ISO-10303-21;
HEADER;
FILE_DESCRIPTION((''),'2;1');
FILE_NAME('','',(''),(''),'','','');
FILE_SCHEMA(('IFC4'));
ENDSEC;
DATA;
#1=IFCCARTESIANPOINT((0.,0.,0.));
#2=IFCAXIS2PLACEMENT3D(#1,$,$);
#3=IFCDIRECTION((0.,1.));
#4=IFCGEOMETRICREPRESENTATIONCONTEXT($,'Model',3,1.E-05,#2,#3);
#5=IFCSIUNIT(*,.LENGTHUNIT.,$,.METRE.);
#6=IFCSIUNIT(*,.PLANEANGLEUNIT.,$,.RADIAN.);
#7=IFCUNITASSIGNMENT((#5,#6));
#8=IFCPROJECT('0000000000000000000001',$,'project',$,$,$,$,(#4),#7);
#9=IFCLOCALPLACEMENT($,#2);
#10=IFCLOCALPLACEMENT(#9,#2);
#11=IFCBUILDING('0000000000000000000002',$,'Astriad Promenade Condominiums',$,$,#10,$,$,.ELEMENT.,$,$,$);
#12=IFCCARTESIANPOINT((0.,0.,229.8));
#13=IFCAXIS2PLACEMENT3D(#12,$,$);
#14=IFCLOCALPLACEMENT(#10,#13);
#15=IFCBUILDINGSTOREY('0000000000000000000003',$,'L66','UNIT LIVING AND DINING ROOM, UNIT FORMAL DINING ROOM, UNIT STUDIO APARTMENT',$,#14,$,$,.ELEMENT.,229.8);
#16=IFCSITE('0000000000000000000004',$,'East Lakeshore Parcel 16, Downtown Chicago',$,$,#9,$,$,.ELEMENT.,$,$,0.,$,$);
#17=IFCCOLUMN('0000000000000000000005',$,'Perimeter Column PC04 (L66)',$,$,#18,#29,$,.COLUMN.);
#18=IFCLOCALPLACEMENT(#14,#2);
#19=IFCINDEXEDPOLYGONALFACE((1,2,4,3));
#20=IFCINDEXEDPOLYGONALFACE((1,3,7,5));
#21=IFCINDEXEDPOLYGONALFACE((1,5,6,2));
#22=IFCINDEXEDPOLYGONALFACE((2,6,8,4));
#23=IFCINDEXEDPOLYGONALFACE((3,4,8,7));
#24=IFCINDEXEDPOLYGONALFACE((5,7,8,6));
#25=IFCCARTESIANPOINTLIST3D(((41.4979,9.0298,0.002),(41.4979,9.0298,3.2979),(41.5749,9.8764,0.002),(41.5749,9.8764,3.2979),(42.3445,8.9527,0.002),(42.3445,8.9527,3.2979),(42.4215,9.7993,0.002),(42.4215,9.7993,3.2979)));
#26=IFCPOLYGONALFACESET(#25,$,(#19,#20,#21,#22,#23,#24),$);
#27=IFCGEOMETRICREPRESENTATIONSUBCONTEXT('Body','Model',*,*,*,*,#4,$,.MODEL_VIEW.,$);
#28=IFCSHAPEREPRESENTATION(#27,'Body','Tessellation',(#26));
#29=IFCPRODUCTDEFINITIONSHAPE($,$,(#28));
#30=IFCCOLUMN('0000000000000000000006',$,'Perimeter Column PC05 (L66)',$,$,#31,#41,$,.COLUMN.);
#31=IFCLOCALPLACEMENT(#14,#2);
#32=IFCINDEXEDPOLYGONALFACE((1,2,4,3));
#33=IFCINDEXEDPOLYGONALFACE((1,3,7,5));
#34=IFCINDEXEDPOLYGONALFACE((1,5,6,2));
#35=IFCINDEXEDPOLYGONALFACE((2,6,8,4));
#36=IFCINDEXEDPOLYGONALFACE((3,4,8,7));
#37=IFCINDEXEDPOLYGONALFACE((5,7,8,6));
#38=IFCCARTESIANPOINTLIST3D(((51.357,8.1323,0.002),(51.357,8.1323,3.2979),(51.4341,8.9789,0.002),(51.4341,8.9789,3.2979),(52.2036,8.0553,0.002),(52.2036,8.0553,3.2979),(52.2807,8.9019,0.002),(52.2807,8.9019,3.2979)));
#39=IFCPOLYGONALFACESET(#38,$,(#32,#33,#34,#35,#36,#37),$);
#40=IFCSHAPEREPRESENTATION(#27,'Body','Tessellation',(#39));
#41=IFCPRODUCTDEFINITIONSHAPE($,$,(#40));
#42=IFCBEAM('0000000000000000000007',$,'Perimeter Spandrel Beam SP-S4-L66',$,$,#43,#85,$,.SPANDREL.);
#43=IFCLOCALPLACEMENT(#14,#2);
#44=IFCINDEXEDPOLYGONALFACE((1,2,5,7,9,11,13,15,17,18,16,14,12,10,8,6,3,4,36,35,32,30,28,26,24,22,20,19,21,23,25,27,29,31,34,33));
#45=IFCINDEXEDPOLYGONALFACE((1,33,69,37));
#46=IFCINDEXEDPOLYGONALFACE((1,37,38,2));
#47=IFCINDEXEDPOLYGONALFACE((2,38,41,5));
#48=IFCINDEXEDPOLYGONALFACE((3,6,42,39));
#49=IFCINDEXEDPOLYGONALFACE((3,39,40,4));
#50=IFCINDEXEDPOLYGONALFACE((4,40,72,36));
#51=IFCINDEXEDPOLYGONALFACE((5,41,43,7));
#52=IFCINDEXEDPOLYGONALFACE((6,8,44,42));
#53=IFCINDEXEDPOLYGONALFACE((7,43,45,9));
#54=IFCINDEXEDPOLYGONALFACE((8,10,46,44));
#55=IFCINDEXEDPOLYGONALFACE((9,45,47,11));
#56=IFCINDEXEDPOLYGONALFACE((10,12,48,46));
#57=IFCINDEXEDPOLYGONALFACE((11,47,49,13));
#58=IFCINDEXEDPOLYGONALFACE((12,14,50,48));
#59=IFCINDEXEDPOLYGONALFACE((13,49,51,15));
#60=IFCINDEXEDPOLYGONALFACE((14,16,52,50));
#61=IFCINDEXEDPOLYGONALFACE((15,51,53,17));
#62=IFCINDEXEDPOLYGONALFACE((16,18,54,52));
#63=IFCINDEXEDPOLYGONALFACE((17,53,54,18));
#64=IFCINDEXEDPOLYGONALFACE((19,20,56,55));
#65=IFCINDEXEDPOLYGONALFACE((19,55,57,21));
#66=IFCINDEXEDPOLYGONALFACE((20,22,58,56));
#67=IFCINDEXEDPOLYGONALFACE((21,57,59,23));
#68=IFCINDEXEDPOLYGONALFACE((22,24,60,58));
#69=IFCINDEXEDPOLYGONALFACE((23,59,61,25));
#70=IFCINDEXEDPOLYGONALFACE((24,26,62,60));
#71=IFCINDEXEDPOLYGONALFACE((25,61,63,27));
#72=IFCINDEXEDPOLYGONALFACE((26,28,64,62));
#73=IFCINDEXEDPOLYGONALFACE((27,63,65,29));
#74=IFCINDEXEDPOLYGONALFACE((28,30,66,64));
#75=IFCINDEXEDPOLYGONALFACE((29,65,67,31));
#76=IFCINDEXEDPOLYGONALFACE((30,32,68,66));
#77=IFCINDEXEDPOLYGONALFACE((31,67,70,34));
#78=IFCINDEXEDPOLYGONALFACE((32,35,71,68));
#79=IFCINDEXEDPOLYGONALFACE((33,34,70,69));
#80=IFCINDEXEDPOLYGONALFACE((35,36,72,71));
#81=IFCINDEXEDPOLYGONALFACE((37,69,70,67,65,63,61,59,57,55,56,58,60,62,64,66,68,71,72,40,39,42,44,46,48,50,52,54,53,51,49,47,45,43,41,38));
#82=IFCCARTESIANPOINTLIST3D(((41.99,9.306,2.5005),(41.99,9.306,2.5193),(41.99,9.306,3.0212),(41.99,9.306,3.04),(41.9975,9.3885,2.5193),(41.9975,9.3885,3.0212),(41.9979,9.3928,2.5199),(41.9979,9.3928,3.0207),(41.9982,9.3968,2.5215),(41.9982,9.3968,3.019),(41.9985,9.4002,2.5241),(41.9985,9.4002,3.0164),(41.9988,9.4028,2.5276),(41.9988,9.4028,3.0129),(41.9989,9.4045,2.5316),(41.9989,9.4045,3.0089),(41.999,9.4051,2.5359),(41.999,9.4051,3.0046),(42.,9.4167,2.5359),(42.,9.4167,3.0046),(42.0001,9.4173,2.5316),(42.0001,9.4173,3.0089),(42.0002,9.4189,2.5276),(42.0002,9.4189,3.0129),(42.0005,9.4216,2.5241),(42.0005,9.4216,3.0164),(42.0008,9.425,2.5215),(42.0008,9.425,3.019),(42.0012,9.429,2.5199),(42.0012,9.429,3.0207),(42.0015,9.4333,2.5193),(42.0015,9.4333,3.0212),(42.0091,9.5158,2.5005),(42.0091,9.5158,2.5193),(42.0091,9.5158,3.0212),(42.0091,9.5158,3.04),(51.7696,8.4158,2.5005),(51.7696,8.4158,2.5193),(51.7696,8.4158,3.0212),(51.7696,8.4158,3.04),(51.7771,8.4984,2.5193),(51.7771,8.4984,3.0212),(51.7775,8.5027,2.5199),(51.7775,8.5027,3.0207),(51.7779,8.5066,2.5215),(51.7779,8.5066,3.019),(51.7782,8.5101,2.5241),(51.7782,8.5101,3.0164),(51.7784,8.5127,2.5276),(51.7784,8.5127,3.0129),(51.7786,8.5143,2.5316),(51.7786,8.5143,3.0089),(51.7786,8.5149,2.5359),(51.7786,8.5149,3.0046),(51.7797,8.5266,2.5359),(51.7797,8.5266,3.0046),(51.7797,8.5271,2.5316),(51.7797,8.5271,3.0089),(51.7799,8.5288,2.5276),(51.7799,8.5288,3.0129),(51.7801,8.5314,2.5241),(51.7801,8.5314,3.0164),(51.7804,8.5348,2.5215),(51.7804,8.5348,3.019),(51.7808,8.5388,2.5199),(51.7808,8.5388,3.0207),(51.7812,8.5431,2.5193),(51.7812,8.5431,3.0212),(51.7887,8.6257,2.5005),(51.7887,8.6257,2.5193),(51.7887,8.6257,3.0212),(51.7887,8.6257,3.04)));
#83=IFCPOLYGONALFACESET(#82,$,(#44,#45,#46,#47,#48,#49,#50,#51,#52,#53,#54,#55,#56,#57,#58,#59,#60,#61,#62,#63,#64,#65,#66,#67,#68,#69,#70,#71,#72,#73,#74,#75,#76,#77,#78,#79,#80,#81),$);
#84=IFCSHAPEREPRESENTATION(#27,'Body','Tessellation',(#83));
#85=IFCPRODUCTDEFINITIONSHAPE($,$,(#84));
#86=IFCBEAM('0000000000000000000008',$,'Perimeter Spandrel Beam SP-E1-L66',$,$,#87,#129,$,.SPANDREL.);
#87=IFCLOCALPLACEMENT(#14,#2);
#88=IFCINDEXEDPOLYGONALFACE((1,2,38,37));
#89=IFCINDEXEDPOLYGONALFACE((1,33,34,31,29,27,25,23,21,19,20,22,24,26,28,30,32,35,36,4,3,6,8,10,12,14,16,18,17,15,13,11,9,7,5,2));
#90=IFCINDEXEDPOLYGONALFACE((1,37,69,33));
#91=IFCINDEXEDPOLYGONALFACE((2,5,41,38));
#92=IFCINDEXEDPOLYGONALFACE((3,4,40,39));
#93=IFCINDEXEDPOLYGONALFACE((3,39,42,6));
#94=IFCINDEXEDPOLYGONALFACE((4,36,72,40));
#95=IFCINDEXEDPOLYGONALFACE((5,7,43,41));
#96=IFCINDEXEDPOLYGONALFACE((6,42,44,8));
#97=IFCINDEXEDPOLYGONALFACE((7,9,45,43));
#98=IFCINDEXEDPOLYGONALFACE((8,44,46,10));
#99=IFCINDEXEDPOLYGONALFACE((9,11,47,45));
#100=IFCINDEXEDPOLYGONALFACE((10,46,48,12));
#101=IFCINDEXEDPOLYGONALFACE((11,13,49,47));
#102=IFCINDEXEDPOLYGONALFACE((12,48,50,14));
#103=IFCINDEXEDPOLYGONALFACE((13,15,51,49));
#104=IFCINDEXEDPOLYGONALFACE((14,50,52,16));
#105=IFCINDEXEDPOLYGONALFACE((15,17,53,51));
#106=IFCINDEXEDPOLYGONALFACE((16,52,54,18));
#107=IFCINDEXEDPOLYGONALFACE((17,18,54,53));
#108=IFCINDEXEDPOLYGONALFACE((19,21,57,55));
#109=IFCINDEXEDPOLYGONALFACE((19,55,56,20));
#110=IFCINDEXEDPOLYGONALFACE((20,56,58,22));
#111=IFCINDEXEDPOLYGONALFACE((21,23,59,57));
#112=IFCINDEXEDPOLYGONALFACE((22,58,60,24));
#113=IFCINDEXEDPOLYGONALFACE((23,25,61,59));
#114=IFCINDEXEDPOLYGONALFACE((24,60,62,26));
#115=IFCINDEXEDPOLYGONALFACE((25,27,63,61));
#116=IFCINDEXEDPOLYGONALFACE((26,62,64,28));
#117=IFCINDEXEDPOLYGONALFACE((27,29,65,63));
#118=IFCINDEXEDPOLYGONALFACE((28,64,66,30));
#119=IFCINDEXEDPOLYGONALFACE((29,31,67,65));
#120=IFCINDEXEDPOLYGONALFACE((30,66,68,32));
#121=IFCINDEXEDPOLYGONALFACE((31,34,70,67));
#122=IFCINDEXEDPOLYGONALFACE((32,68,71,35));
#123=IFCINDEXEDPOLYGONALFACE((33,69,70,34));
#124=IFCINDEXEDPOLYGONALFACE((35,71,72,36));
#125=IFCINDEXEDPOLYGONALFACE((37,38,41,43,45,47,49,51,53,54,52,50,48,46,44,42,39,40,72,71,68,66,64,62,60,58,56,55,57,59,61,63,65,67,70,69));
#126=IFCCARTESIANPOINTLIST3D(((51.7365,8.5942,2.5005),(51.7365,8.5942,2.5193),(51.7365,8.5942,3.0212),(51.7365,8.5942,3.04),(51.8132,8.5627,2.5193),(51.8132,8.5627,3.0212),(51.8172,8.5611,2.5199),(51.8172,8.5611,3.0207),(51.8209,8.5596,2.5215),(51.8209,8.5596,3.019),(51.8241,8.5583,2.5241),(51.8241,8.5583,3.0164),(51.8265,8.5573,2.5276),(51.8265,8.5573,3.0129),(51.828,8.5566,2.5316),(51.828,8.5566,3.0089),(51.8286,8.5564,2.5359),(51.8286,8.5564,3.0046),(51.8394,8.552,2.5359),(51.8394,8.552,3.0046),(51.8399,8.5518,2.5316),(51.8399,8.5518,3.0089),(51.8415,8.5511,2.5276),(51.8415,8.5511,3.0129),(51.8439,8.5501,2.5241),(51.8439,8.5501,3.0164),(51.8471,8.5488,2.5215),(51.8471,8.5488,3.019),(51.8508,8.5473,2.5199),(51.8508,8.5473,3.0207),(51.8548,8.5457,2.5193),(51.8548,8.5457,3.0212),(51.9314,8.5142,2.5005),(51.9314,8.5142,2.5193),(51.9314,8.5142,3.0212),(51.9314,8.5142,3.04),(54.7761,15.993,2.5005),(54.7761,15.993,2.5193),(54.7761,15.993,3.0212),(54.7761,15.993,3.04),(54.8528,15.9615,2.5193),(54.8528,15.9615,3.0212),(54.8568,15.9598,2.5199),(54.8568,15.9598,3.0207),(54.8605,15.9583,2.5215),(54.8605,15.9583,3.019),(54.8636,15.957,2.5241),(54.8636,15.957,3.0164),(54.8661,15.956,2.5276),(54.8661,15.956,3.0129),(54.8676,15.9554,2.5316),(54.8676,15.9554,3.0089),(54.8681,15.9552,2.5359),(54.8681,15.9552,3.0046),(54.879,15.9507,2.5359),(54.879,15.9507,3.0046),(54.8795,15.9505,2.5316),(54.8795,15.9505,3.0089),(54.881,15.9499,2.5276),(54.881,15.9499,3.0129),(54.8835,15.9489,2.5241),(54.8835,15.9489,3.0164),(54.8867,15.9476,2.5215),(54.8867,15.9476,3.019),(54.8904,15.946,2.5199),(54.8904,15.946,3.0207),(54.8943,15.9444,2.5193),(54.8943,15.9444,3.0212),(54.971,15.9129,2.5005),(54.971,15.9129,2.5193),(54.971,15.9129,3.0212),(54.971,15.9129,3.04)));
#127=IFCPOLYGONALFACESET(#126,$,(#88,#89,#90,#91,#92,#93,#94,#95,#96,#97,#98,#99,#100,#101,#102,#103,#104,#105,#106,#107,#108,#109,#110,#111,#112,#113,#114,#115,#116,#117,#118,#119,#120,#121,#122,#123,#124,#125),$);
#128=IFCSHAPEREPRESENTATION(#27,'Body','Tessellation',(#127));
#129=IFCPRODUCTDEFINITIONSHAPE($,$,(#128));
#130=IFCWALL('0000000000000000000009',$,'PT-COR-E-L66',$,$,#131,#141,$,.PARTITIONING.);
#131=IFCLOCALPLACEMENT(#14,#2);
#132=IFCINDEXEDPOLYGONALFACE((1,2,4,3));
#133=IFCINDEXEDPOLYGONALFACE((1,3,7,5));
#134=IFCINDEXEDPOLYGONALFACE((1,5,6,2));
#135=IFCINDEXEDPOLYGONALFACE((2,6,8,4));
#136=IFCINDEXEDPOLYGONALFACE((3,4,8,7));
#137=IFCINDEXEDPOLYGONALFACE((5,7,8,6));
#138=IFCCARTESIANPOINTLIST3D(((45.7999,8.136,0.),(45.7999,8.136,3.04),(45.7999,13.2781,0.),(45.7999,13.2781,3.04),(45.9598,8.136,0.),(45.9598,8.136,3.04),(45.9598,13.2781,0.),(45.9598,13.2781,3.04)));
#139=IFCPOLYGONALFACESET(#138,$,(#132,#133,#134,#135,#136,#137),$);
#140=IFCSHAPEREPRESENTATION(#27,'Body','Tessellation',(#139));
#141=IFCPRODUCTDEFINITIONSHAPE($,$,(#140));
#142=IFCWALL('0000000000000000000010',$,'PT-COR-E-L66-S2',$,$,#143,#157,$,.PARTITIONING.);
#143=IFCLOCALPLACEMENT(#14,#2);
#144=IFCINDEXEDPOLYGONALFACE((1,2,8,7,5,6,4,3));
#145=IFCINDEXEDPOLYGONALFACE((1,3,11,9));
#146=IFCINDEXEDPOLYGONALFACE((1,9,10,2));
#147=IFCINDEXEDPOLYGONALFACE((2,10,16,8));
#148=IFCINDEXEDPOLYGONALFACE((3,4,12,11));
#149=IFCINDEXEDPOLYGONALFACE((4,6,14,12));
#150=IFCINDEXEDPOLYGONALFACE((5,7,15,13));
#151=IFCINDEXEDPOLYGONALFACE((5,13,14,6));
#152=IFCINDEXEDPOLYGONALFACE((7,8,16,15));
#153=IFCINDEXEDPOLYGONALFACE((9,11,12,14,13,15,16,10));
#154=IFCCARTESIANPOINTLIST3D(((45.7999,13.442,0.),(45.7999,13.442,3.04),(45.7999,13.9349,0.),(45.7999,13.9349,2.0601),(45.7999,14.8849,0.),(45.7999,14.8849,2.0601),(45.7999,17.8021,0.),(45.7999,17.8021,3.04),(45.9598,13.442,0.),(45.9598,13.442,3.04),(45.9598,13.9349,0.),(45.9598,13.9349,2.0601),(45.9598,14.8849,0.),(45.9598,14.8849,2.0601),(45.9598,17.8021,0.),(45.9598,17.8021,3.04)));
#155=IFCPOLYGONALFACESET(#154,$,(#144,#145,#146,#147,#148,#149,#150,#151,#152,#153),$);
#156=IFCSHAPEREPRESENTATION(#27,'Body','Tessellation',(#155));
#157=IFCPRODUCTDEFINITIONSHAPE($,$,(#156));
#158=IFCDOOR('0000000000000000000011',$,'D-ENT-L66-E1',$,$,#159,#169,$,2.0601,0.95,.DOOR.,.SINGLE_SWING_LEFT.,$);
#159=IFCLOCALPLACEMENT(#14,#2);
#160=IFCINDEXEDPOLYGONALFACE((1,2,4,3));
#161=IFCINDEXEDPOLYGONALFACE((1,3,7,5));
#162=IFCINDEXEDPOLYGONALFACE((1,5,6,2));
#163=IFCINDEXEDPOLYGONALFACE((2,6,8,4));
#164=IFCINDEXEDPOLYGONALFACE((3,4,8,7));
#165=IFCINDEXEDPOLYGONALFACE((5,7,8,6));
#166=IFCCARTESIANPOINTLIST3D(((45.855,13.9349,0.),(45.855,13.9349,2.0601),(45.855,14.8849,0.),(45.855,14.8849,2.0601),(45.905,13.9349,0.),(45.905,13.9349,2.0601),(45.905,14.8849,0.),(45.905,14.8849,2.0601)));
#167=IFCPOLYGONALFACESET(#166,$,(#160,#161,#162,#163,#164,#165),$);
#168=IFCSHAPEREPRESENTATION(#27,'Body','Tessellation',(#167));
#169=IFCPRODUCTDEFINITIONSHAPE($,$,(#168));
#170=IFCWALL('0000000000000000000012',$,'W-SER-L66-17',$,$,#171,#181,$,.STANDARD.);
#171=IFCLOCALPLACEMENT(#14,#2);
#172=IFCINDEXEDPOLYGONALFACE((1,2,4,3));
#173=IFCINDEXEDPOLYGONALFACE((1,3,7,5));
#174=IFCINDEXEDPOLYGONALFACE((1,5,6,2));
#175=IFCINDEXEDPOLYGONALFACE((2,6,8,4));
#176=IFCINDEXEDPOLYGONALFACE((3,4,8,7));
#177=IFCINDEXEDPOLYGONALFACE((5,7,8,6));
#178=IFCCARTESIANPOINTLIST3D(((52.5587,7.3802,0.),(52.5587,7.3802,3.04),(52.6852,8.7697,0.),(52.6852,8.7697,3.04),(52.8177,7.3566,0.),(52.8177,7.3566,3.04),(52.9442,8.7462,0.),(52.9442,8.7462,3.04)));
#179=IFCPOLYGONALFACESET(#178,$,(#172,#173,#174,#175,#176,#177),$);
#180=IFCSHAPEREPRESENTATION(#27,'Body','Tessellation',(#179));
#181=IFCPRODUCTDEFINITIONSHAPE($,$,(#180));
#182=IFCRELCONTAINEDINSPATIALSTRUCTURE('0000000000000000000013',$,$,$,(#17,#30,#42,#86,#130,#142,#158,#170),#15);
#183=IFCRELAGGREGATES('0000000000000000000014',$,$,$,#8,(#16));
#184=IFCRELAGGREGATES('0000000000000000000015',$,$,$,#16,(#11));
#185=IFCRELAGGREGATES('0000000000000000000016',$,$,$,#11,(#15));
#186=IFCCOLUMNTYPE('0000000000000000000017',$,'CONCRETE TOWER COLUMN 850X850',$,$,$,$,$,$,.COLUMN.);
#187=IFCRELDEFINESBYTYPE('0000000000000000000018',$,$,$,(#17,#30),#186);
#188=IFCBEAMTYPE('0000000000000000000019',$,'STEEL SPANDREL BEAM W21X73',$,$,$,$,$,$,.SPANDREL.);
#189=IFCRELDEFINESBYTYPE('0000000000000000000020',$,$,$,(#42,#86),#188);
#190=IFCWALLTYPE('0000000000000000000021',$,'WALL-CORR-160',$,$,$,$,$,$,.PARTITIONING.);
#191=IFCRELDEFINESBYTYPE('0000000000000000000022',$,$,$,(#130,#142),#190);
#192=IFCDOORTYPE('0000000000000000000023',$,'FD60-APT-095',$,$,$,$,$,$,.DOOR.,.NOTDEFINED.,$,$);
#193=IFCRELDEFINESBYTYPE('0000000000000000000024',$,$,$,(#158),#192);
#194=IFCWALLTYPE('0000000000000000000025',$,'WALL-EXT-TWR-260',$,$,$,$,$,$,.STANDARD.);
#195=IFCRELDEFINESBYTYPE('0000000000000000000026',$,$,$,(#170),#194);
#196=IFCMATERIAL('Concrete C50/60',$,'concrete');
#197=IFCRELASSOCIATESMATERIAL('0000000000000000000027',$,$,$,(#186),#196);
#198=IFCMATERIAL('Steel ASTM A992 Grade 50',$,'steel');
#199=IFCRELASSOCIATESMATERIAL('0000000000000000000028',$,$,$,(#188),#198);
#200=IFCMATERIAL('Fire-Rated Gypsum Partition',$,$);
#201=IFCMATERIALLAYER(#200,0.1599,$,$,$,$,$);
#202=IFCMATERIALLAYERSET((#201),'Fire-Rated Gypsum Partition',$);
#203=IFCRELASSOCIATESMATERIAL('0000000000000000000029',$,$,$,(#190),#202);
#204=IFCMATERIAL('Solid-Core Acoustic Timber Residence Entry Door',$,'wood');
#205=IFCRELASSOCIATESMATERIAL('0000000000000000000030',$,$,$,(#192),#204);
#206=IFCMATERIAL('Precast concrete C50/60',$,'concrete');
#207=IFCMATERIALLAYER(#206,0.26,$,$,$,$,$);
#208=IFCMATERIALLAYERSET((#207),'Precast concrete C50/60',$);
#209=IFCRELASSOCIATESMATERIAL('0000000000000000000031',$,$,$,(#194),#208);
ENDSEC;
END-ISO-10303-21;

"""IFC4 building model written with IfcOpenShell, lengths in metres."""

from ifc_helpers import new_model, si_unit, direction, frame, frame_2d, origin, origin_2d, place, context, subcontext, project, spatial, rectangle, i_section, extrude, source, transform, mapped, material, layer, layer_set, material_profile, profile_set, type_object, type_shapes, element, fill, save


model = new_model("IFC4")

# Units and contexts
model_context = context("Model", 3, precision=1e-05, world=origin(), true_north=direction((0.0, 1.0)))
body_context = subcontext(model_context, "Body", "Model", "MODEL_VIEW")
ifc_project = project(units=[si_unit("LENGTHUNIT", "METRE"), si_unit("PLANEANGLEUNIT", "RADIAN")], contexts=[model_context])

# Site, building, storey
site_placement = place(None, origin())
site = spatial("IfcSite", under=ifc_project, at=site_placement, Name="East Lakeshore Parcel 16, Downtown Chicago", CompositionType="ELEMENT", RefElevation=0.0)
building_placement = place(site_placement, origin())
building = spatial("IfcBuilding", under=site, at=building_placement, Name="Astriad Promenade Condominiums", CompositionType="ELEMENT")
storey_placement = place(building_placement, frame((0.0, 0.0, 229.8)))
storey = spatial("IfcBuildingStorey", under=building, at=storey_placement, Name="L66", Description="UNIT LIVING AND DINING ROOM, UNIT FORMAL DINING ROOM, UNIT STUDIO APARTMENT", CompositionType="ELEMENT", Elevation=229.8)

# Columns
ifc_material_1 = material(Name="Concrete C50/60", Category="concrete")
ifc_material_profile_1 = material_profile(ifc_material_1, rectangle(XDim=0.8501, YDim=0.8501, at=origin_2d()), Name="RC-COL-850X850")
ifc_profile_set_1 = profile_set([ifc_material_profile_1], Name="Concrete C50/60")
column_type = type_object("IfcColumnType", Name="CONCRETE TOWER COLUMN 850X850", PredefinedType="COLUMN", material=ifc_profile_set_1)
shared_shape_1 = source(origin(), body_context, "Body", "SweptSolid", [
    extrude(rectangle(XDim=0.8501, YDim=0.8501, at=origin_2d()), origin(), (0.0, 0.0, 1.0), 3.2959),
])
type_shapes(column_type, [shared_shape_1])
for number, where, z_axis, x_axis, name in (
    (1, (41.9597, 9.4146, 0.002), (0.0, 0.0, 1.0), (0.995884, -0.090633, 0.0), "Perimeter Column PC04 (L66)"),
    (2, (51.8188, 8.5171, 0.002), (0.0, 0.0, 1.0), (0.995884, -0.090633, 0.0), "Perimeter Column PC05 (L66)"),
):
    element("IfcColumn", number, at=place(storey_placement, frame(where, z_axis=z_axis, x_axis=x_axis)), inside=storey, type_object=column_type, Name=name, PredefinedType="COLUMN", context=body_context, shape_type="MappedRepresentation", body=[
        mapped(shared_shape_1, transform((0.0, 0.0, 0.0), scale=1.0)),
    ])

# Beams
ifc_material_2 = material(Name="Steel ASTM A992 Grade 50", Category="steel")
ifc_material_profile_2 = material_profile(ifc_material_2, i_section(OverallWidth=0.2107, OverallDepth=0.5396, WebThickness=0.0117, FlangeThickness=0.0188, FilletRadius=0.0166, at=origin_2d()), Name="W21X73")
ifc_profile_set_2 = profile_set([ifc_material_profile_2], Name="Steel ASTM A992 Grade 50")
beam_type = type_object("IfcBeamType", Name="STEEL SPANDREL BEAM W21X73", PredefinedType="SPANDREL", material=ifc_profile_set_2)
shared_shape_2 = source(origin(), body_context, "Body", "SweptSolid", [
    extrude(i_section(OverallWidth=0.2107, OverallDepth=0.5396, WebThickness=0.0117, FlangeThickness=0.0188, FilletRadius=0.0166, at=origin_2d()), origin(), (0.0, 0.0, 1.0), 9.8201),
])
beam_1_placement = place(storey_placement, frame((41.9995, 9.4109, 2.7703), z_axis=(0.995883, -0.090646, 0.0), x_axis=(0.090646, 0.995883, 0.0)))
element("IfcBeam", 3, at=beam_1_placement, inside=storey, type_object=beam_type, Name="Perimeter Spandrel Beam SP-S4-L66", PredefinedType="SPANDREL", context=body_context, shape_type="MappedRepresentation", body=[
    mapped(shared_shape_2, transform((0.0, 0.0, 0.0), scale=1.0)),
])
shared_shape_3 = source(origin(), body_context, "Body", "SweptSolid", [
    extrude(i_section(OverallWidth=0.2107, OverallDepth=0.5396, WebThickness=0.0117, FlangeThickness=0.0188, FilletRadius=0.0166, at=origin_2d()), origin(), (0.0, 0.0, 1.0), 7.9988),
])
type_shapes(beam_type, [shared_shape_2, shared_shape_3])
beam_2_placement = place(storey_placement, frame((51.834, 8.5542, 2.7703), z_axis=(0.380005, 0.924984, 0.0), x_axis=(-0.924984, 0.380005, 0.0)))
element("IfcBeam", 4, at=beam_2_placement, inside=storey, type_object=beam_type, Name="Perimeter Spandrel Beam SP-E1-L66", PredefinedType="SPANDREL", context=body_context, shape_type="MappedRepresentation", body=[
    mapped(shared_shape_3, transform((0.0, 0.0, 0.0), scale=1.0)),
])

# Wall
ifc_material_3 = material(Name="Fire-Rated Gypsum Partition")
ifc_layer_1 = layer(ifc_material_3, 0.1599)
ifc_layer_set_1 = layer_set([ifc_layer_1], Name="Fire-Rated Gypsum Partition")
wall_type_1 = type_object("IfcWallType", Name="WALL-CORR-160", PredefinedType="PARTITIONING", material=ifc_layer_set_1)
wall_1_placement = place(storey_placement, frame((45.8799, 8.136, 0.0), z_axis=(0.0, 0.0, 1.0), x_axis=(0.0, 1.0, 0.0)))
element("IfcWall", 5, at=wall_1_placement, inside=storey, type_object=wall_type_1, Name="PT-COR-E-L66", PredefinedType="PARTITIONING", context=body_context, shape_type="SweptSolid", body=[
    extrude(rectangle(XDim=5.1421, YDim=0.1599, at=frame_2d((2.571, 0.0))), origin(), (0.0, 0.0, 1.0), 3.04),
])

# Wall, opening, door
wall_2_placement = place(storey_placement, frame((45.8799, 13.4419, 0.0), z_axis=(0.0, 0.0, 1.0), x_axis=(0.0, 1.0, 0.0)))
wall_2 = element("IfcWall", 6, at=wall_2_placement, inside=storey, type_object=wall_type_1, Name="PT-COR-E-L66-S2", PredefinedType="PARTITIONING", context=body_context, shape_type="SweptSolid", body=[
    extrude(rectangle(XDim=4.3601, YDim=0.1599, at=frame_2d((2.1802, 0.0))), origin(), (0.0, 0.0, 1.0), 3.04),
])
opening_1_placement = place(wall_2_placement, frame((0.4929, 0.0, 0.0)))
opening_1 = element("IfcOpeningElement", 7, at=opening_1_placement, cuts=wall_2, PredefinedType="OPENING", context=body_context, shape_type="SweptSolid", body=[
    extrude(rectangle(XDim=0.95, YDim=2.0601, at=frame_2d((0.4751, 1.03))), frame((0.0, 0.0898, 0.0), z_axis=(0.0, -1.0, 0.0), x_axis=(1.0, 0.0, 0.0)), (0.0, 0.0, 1.0), 0.1799),
])
ifc_material_4 = material(Name="Solid-Core Acoustic Timber Residence Entry Door", Category="wood")
door_type_1 = type_object("IfcDoorType", Name="FD60-APT-095", OperationType="NOTDEFINED", PredefinedType="DOOR", material=ifc_material_4)
shared_shape_4 = source(origin(), body_context, "Body", "SweptSolid", [
    extrude(rectangle(XDim=0.95, YDim=2.0601, at=frame_2d((0.4751, 1.03))), frame((0.0, 0.0249, 0.0), z_axis=(0.0, -1.0, 0.0), x_axis=(1.0, 0.0, 0.0)), (0.0, 0.0, 1.0), 0.05),
])
type_shapes(door_type_1, [shared_shape_4])
door_1_placement = place(opening_1_placement, origin())
door_1 = element("IfcDoor", 8, at=door_1_placement, inside=storey, type_object=door_type_1, Name="D-ENT-L66-E1", OperationType="SINGLE_SWING_LEFT", OverallHeight=2.0601, OverallWidth=0.95, PredefinedType="DOOR", context=body_context, shape_type="MappedRepresentation", body=[
    mapped(shared_shape_4, transform((0.0, 0.0, 0.0), scale=1.0)),
])
fill(opening_1, door_1)

# Wall
ifc_material_5 = material(Name="Precast concrete C50/60", Category="concrete")
ifc_layer_2 = layer(ifc_material_5, 0.26)
ifc_layer_set_2 = layer_set([ifc_layer_2], Name="Precast concrete C50/60")
wall_type_2 = type_object("IfcWallType", Name="WALL-EXT-TWR-260", PredefinedType="STANDARD", material=ifc_layer_set_2)
wall_3_placement = place(storey_placement, frame((52.8147, 8.7581, 0.0), z_axis=(0.0, 0.0, 1.0), x_axis=(-0.090646, -0.995883, 0.0)))
element("IfcWall", 9, at=wall_3_placement, inside=storey, type_object=wall_type_2, Name="W-SER-L66-17", PredefinedType="STANDARD", context=body_context, shape_type="SweptSolid", body=[
    extrude(rectangle(XDim=1.3953, YDim=0.26, at=frame_2d((0.6978, 0.0))), origin(), (0.0, 0.0, 1.0), 3.04),
])

save(model, "model.ifc")
